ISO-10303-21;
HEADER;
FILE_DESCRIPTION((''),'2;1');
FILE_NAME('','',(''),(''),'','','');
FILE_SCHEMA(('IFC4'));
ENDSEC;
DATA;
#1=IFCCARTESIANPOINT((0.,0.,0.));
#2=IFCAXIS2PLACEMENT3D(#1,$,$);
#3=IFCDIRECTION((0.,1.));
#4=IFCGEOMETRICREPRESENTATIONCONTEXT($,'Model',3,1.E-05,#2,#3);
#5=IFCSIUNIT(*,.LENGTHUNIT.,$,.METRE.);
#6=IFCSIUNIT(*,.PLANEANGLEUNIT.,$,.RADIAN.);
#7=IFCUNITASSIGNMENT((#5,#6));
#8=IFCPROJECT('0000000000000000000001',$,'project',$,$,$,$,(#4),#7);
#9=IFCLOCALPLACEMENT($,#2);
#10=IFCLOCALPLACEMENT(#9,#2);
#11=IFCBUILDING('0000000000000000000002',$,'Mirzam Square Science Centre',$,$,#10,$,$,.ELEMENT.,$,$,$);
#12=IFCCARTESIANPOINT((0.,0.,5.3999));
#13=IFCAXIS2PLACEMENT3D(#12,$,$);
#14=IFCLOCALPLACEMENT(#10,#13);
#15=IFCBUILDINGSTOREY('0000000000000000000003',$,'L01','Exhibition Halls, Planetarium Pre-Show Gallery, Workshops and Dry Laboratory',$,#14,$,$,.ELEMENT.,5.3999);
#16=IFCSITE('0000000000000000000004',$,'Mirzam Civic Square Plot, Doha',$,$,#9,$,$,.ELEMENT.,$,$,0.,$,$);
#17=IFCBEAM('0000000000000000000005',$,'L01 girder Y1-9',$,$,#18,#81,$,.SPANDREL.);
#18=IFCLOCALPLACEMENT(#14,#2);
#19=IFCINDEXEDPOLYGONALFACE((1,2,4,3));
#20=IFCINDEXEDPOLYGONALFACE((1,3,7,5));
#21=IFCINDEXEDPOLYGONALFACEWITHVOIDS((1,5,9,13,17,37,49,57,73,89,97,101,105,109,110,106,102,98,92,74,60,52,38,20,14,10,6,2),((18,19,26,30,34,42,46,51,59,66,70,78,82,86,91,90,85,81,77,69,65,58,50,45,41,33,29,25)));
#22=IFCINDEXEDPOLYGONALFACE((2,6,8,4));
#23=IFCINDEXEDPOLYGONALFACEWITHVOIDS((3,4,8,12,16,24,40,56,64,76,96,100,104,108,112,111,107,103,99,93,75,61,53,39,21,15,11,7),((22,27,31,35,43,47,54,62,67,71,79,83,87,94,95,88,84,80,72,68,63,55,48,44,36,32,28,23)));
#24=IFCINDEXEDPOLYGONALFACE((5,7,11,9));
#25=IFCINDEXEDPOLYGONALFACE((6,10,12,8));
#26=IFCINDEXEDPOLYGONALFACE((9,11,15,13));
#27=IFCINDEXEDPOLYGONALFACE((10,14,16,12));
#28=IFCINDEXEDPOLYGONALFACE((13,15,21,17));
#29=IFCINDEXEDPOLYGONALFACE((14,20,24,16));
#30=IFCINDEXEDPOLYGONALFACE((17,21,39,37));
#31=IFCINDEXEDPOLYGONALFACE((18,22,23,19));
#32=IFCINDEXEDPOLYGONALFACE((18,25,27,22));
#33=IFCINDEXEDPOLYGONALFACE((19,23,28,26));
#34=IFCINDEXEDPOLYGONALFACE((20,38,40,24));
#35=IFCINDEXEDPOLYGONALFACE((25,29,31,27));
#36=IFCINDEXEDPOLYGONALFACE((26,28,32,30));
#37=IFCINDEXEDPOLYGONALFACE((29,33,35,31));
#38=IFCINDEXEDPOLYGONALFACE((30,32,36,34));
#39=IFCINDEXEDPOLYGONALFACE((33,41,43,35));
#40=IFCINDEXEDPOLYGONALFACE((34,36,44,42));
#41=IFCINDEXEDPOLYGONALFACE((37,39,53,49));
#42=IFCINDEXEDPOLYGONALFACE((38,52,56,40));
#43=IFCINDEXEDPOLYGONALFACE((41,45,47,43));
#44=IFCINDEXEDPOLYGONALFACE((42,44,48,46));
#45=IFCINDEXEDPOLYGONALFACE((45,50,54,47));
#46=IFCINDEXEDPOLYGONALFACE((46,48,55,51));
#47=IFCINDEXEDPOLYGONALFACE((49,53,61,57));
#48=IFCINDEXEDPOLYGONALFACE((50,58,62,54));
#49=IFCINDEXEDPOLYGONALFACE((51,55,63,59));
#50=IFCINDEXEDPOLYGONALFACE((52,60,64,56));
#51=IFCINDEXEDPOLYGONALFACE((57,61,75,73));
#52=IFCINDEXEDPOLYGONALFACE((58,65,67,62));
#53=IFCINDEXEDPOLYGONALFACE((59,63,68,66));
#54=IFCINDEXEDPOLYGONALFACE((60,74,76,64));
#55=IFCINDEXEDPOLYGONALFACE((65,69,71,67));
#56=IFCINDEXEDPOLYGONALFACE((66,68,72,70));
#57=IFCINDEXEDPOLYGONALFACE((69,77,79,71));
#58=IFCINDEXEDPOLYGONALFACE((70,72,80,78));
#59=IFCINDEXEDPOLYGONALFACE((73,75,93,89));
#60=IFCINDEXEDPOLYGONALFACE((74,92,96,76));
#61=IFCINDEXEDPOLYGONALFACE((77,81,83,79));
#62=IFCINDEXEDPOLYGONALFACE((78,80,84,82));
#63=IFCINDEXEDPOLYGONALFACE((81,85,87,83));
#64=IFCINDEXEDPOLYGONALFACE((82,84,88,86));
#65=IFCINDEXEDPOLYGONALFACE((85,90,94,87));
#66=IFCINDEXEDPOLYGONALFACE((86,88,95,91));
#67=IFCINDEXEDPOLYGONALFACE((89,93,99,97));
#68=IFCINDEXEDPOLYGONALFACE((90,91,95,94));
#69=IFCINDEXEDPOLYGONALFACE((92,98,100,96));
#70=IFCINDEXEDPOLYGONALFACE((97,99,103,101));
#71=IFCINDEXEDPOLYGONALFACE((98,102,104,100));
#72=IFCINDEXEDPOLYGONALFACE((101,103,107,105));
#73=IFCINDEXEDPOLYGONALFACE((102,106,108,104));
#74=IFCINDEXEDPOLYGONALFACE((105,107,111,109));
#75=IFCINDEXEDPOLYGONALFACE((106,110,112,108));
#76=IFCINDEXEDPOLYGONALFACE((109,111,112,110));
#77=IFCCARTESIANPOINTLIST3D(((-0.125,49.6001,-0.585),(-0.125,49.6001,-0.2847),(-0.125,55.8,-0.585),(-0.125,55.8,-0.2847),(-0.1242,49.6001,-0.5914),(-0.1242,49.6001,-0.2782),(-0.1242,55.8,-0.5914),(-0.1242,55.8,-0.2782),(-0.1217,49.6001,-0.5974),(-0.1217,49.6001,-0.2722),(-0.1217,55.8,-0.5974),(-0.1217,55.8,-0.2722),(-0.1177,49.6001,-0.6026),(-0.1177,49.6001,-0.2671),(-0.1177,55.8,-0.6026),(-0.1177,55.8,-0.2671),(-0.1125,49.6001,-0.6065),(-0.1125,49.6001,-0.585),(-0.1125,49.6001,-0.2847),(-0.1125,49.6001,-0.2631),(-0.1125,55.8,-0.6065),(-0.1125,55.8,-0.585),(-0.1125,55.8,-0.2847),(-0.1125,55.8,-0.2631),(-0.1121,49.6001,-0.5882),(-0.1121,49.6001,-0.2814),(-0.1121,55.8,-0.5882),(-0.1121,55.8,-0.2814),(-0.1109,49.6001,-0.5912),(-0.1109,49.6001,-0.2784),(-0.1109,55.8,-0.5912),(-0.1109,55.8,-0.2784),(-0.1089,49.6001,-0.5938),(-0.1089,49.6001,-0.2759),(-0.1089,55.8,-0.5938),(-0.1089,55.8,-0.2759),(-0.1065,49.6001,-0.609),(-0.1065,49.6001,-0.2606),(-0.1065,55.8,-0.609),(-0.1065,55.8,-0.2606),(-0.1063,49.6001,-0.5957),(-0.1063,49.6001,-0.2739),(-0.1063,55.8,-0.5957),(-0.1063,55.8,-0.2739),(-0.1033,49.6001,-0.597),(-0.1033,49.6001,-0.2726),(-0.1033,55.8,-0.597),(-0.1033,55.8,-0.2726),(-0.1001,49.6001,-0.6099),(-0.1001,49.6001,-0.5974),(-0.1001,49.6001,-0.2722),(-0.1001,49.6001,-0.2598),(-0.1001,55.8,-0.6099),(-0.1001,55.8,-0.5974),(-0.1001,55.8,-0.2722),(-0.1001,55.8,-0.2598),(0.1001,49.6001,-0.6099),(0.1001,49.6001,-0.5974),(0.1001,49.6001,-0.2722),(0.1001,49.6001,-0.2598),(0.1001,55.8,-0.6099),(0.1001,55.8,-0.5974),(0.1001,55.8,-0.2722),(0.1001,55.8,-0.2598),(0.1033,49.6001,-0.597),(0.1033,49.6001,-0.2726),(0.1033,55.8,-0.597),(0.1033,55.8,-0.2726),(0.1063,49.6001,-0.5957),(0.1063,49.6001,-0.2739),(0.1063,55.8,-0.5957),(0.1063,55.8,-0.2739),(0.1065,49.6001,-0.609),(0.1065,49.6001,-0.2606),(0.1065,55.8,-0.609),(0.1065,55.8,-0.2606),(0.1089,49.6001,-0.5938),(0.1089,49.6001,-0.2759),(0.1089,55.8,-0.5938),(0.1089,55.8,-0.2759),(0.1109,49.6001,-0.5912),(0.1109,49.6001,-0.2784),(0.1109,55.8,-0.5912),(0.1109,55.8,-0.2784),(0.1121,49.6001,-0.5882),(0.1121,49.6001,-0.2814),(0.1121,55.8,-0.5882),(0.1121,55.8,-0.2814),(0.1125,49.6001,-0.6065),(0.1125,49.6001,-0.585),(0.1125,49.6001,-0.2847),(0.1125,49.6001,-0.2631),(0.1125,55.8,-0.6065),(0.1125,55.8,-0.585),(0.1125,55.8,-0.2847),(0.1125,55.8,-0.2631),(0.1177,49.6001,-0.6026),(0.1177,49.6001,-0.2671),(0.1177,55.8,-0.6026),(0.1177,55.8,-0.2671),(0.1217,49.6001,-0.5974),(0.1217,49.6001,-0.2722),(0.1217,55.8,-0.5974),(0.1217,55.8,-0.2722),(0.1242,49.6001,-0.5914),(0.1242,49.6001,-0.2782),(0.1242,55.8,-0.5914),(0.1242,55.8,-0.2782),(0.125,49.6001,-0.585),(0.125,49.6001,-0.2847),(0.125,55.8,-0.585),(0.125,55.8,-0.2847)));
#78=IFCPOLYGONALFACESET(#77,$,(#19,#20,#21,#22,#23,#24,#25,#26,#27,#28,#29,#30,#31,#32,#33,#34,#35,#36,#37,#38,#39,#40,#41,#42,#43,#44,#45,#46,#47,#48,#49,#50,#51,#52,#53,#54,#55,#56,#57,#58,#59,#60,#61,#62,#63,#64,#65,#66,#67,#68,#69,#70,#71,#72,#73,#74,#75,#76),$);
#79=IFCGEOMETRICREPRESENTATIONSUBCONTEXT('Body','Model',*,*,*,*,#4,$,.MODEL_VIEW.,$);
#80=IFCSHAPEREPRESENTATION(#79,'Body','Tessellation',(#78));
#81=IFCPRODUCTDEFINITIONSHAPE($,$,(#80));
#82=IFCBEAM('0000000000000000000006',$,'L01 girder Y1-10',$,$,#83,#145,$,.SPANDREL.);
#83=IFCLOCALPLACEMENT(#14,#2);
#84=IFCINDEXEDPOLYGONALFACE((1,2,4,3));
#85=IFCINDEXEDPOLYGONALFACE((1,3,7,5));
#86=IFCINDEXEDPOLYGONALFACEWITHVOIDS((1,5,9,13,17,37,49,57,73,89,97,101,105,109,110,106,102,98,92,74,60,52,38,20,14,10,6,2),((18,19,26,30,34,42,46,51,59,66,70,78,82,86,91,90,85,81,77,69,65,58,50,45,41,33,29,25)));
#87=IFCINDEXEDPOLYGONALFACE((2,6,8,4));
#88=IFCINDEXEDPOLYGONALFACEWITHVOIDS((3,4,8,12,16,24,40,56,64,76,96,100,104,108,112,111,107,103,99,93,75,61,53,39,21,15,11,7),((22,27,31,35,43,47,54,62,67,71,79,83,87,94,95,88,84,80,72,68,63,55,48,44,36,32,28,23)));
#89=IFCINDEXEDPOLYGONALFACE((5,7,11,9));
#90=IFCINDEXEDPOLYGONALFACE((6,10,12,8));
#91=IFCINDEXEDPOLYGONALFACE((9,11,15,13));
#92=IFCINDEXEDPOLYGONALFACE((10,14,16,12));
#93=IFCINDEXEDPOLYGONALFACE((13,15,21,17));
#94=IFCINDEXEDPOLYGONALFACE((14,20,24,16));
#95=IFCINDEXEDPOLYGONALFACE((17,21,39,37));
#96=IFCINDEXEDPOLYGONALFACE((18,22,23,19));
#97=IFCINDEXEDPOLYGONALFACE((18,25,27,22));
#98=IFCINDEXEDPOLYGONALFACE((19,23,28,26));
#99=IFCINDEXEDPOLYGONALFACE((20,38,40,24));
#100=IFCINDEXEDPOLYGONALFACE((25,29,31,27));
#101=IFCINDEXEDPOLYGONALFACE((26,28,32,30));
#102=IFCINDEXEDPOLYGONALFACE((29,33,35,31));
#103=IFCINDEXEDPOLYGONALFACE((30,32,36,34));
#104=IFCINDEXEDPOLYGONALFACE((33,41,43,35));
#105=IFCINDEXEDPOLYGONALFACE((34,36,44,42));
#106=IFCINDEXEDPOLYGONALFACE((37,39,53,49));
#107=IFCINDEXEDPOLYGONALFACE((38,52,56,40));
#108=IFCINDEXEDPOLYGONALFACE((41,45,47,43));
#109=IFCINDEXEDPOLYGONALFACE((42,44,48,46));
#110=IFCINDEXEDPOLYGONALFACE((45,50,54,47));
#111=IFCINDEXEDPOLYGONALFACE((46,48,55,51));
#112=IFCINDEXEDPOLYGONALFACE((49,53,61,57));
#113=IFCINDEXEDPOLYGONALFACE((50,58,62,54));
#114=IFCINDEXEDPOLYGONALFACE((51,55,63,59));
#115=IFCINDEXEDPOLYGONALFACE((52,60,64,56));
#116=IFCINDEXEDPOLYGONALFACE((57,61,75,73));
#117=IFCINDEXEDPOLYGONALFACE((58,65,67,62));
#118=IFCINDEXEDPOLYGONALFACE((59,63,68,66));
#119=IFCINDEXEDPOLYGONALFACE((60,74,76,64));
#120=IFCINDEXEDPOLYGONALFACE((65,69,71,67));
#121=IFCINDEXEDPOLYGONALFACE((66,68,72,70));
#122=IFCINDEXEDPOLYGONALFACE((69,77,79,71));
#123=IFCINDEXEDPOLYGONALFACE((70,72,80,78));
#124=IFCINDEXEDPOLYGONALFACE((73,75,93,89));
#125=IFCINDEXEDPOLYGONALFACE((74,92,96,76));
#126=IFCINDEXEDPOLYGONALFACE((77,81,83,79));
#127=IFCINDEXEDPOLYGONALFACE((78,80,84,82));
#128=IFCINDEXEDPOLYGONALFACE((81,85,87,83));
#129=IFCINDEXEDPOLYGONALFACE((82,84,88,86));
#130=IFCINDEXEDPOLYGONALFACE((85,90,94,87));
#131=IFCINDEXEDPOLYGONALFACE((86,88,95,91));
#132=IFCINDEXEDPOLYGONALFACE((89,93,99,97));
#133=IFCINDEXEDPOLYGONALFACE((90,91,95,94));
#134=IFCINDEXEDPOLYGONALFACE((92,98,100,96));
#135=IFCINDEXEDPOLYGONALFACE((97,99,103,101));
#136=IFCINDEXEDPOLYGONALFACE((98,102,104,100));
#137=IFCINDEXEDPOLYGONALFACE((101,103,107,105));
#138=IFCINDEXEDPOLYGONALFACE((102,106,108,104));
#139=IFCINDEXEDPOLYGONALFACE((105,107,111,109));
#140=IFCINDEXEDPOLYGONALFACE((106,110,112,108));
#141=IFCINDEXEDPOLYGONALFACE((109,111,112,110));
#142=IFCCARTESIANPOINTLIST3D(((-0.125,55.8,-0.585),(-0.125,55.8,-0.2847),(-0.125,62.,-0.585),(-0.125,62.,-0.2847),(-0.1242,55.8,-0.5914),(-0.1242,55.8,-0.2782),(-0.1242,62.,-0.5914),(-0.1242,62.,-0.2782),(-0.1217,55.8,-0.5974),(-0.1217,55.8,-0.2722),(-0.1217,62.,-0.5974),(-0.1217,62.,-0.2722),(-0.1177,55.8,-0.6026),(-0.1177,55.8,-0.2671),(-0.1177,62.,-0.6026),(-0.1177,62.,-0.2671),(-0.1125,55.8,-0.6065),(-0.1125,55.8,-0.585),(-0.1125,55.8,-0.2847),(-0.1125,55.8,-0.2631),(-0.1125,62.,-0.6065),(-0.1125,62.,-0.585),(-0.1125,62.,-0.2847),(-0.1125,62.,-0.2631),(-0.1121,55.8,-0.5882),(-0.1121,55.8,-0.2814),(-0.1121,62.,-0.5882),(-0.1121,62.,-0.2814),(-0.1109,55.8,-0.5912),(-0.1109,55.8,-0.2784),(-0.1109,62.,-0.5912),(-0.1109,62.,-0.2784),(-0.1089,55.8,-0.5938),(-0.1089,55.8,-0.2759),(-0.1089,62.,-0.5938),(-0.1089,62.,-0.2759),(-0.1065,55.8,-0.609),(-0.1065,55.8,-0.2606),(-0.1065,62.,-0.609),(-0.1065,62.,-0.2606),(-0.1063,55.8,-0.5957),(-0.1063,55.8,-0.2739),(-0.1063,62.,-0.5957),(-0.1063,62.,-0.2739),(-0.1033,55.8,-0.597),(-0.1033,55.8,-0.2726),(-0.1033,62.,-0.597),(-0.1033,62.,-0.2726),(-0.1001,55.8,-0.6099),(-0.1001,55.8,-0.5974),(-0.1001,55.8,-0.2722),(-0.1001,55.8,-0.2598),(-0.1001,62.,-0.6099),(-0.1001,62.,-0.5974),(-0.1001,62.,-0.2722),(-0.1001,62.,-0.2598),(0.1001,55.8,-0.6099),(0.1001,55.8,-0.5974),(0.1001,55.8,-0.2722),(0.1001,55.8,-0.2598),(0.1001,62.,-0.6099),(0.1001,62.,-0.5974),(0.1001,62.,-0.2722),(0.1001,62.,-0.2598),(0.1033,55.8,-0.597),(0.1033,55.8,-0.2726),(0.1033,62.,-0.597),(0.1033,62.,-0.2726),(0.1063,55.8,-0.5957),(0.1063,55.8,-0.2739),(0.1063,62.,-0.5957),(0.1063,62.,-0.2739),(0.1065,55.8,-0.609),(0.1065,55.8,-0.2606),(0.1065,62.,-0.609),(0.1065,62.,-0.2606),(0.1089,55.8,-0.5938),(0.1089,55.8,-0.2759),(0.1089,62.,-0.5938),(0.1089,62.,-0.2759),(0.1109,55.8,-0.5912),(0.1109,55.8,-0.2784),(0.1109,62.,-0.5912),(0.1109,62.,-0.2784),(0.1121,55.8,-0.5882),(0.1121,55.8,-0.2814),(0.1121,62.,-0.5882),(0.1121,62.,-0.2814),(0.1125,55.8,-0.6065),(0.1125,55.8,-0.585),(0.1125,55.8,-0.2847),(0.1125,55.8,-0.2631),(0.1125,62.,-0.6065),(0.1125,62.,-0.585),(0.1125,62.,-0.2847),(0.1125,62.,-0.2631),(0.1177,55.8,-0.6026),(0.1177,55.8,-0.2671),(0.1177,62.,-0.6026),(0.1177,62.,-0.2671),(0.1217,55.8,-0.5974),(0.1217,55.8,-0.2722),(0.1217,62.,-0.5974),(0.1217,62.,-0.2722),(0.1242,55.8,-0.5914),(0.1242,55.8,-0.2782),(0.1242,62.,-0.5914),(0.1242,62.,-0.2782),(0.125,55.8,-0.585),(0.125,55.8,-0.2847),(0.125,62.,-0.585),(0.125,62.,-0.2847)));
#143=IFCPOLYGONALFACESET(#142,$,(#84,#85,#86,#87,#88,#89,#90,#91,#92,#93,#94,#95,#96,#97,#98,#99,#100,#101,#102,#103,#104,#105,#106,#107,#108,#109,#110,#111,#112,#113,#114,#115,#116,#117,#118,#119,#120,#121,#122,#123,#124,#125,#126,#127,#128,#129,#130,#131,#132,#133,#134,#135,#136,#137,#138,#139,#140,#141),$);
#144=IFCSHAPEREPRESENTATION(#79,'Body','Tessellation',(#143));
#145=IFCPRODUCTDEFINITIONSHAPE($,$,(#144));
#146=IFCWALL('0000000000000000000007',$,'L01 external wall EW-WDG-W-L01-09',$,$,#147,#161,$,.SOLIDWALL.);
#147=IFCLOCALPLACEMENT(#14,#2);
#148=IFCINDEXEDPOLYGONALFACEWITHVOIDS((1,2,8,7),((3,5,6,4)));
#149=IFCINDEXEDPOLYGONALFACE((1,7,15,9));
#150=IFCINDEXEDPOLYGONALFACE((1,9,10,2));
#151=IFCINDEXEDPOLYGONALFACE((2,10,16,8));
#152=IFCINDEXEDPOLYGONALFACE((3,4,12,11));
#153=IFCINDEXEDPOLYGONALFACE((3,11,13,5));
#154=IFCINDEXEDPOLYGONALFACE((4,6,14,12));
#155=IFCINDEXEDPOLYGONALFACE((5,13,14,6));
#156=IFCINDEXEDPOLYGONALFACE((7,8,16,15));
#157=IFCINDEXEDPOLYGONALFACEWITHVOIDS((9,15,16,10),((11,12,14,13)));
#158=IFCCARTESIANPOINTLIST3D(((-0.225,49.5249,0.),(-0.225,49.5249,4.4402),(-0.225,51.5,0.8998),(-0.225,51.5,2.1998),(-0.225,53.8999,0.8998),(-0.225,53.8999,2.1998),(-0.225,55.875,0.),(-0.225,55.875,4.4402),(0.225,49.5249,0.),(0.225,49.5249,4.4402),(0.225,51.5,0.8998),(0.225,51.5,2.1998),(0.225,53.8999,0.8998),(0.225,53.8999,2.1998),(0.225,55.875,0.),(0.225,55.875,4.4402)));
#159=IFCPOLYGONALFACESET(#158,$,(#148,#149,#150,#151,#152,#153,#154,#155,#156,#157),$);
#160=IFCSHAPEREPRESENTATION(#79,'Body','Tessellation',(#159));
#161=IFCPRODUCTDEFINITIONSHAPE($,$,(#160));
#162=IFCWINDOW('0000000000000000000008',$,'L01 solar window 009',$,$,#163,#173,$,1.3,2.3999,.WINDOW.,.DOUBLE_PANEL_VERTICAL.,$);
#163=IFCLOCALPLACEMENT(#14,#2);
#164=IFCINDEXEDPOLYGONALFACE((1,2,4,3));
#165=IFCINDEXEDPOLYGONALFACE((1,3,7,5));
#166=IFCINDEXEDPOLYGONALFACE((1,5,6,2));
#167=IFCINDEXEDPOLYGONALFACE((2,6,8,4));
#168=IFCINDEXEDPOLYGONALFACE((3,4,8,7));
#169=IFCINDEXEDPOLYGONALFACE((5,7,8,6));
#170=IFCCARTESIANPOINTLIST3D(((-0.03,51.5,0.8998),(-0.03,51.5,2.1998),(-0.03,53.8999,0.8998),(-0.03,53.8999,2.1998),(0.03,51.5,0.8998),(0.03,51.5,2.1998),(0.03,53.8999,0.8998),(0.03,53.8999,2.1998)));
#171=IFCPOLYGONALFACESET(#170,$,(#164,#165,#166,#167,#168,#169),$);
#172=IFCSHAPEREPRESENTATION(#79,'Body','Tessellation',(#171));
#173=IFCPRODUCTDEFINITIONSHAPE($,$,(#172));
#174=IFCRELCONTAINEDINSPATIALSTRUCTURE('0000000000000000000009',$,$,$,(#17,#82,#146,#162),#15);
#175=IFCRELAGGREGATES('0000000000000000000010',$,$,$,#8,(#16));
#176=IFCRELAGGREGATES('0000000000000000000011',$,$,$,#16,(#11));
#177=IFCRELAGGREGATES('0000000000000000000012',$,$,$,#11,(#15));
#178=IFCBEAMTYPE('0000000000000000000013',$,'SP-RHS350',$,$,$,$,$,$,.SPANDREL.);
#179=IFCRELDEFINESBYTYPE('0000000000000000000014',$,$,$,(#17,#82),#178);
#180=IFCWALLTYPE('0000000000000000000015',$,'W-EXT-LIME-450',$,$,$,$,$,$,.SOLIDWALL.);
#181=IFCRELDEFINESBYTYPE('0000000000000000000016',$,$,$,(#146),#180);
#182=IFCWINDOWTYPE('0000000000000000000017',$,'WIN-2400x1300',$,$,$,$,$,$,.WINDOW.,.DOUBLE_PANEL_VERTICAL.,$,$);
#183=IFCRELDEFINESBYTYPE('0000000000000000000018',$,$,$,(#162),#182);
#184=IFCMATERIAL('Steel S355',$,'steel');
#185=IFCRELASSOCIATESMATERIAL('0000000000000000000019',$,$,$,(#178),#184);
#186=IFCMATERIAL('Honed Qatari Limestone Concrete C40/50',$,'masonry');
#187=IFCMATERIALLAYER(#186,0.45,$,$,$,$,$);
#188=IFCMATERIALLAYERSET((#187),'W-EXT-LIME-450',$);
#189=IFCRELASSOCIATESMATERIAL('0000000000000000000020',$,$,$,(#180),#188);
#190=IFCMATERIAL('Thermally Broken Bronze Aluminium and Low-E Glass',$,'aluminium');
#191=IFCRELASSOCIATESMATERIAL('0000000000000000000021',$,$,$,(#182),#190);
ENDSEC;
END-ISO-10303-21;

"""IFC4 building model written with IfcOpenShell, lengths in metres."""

from ifc_helpers import new_model, si_unit, direction, frame, frame_2d, origin, origin_2d, place, context, subcontext, project, spatial, rectangle, hollow_rectangle, extrude, material, layer, layer_set, material_profile, profile_set, type_object, element, fill, save


model = new_model("IFC4")

# Units and contexts
model_context = context("Model", 3, precision=1e-05, world=origin(), true_north=direction((0.0, 1.0)))
body_context = subcontext(model_context, "Body", "Model", "MODEL_VIEW")
ifc_project = project(units=[si_unit("LENGTHUNIT", "METRE"), si_unit("PLANEANGLEUNIT", "RADIAN")], contexts=[model_context])

# Site, building, storey
site_placement = place(None, origin())
site = spatial("IfcSite", under=ifc_project, at=site_placement, Name="Mirzam Civic Square Plot, Doha", CompositionType="ELEMENT", RefElevation=0.0)
building_placement = place(site_placement, origin())
building = spatial("IfcBuilding", under=site, at=building_placement, Name="Mirzam Square Science Centre", CompositionType="ELEMENT")
storey_placement = place(building_placement, frame((0.0, 0.0, 5.3999)))
storey = spatial("IfcBuildingStorey", under=building, at=storey_placement, Name="L01", Description="Exhibition Halls, Planetarium Pre-Show Gallery, Workshops and Dry Laboratory", CompositionType="ELEMENT", Elevation=5.3999)

# Shared definitions
ifc_material_1 = material(Name="Steel S355", Category="steel")

# Beams
ifc_material_profile_1 = material_profile(ifc_material_1, hollow_rectangle(XDim=0.25, YDim=0.3501, WallThickness=0.0125, InnerFilletRadius=0.0125, OuterFilletRadius=0.0249, at=origin_2d()), Name="350x250x12.5RHS")
ifc_profile_set_1 = profile_set([ifc_material_profile_1], Name="Steel S355")
beam_type_1 = type_object("IfcBeamType", Name="SP-RHS350", PredefinedType="SPANDREL", material=ifc_profile_set_1)
for number, where, z_axis, x_axis, name in (
    (1, (0.0, 49.6001, -0.4348), (0.0, 1.0, 0.0), (-1.0, 0.0, 0.0), "L01 girder Y1-9"),
    (2, (0.0, 55.8, -0.4348), (0.0, 1.0, 0.0), (-1.0, 0.0, 0.0), "L01 girder Y1-10"),
):
    element("IfcBeam", number, at=place(storey_placement, frame(where, z_axis=z_axis, x_axis=x_axis)), inside=storey, type_object=beam_type_1, Name=name, PredefinedType="SPANDREL", context=body_context, shape_type="SweptSolid", body=[
        extrude(hollow_rectangle(XDim=0.25, YDim=0.3501, WallThickness=0.0125, InnerFilletRadius=0.0125, OuterFilletRadius=0.0249, at=origin_2d()), origin(), (0.0, 0.0, 1.0), 6.2),
    ])

# Wall, opening, window
ifc_material_2 = material(Name="Honed Qatari Limestone Concrete C40/50", Category="masonry")
ifc_layer_1 = layer(ifc_material_2, 0.45)
ifc_layer_set_1 = layer_set([ifc_layer_1], Name="W-EXT-LIME-450")
wall_type_1 = type_object("IfcWallType", Name="W-EXT-LIME-450", PredefinedType="SOLIDWALL", material=ifc_layer_set_1)
wall_1_placement = place(storey_placement, frame((0.0, 55.875, 0.0), z_axis=(0.0, 0.0, 1.0), x_axis=(0.0, -1.0, 0.0)))
wall_1 = element("IfcWall", 3, at=wall_1_placement, inside=storey, type_object=wall_type_1, Name="L01 external wall EW-WDG-W-L01-09", PredefinedType="SOLIDWALL", context=body_context, shape_type="SweptSolid", body=[
    extrude(rectangle(XDim=6.3501, YDim=0.45, at=frame_2d((3.175, 0.0))), origin(), (0.0, 0.0, 1.0), 4.4402),
])
opening_1_placement = place(wall_1_placement, frame((1.9751, 0.0, 0.8999)))
opening_1 = element("IfcOpeningElement", 4, at=opening_1_placement, cuts=wall_1, PredefinedType="OPENING", context=body_context, shape_type="SweptSolid", body=[
    extrude(rectangle(XDim=2.3999, YDim=1.3, at=frame_2d((1.2, 0.6499))), frame((0.0, 0.2349, 0.0), z_axis=(0.0, -1.0, 0.0), x_axis=(1.0, 0.0, 0.0)), (0.0, 0.0, 1.0), 0.47),
])
ifc_material_3 = material(Name="Thermally Broken Bronze Aluminium and Low-E Glass", Category="aluminium")
window_type_1 = type_object("IfcWindowType", Name="WIN-2400x1300", PartitioningType="DOUBLE_PANEL_VERTICAL", PredefinedType="WINDOW", material=ifc_material_3)
window_1_placement = place(opening_1_placement, origin())
window_1 = element("IfcWindow", 5, at=window_1_placement, inside=storey, type_object=window_type_1, Name="L01 solar window 009", OverallHeight=1.3, OverallWidth=2.3999, PartitioningType="DOUBLE_PANEL_VERTICAL", PredefinedType="WINDOW", context=body_context, shape_type="SweptSolid", body=[
    extrude(rectangle(XDim=2.3999, YDim=1.3, at=frame_2d((1.2, 0.6499))), frame((0.0, 0.03, 0.0), z_axis=(0.0, -1.0, 0.0), x_axis=(1.0, 0.0, 0.0)), (0.0, 0.0, 1.0), 0.0601),
])
fill(opening_1, window_1)

save(model, "model.ifc")
